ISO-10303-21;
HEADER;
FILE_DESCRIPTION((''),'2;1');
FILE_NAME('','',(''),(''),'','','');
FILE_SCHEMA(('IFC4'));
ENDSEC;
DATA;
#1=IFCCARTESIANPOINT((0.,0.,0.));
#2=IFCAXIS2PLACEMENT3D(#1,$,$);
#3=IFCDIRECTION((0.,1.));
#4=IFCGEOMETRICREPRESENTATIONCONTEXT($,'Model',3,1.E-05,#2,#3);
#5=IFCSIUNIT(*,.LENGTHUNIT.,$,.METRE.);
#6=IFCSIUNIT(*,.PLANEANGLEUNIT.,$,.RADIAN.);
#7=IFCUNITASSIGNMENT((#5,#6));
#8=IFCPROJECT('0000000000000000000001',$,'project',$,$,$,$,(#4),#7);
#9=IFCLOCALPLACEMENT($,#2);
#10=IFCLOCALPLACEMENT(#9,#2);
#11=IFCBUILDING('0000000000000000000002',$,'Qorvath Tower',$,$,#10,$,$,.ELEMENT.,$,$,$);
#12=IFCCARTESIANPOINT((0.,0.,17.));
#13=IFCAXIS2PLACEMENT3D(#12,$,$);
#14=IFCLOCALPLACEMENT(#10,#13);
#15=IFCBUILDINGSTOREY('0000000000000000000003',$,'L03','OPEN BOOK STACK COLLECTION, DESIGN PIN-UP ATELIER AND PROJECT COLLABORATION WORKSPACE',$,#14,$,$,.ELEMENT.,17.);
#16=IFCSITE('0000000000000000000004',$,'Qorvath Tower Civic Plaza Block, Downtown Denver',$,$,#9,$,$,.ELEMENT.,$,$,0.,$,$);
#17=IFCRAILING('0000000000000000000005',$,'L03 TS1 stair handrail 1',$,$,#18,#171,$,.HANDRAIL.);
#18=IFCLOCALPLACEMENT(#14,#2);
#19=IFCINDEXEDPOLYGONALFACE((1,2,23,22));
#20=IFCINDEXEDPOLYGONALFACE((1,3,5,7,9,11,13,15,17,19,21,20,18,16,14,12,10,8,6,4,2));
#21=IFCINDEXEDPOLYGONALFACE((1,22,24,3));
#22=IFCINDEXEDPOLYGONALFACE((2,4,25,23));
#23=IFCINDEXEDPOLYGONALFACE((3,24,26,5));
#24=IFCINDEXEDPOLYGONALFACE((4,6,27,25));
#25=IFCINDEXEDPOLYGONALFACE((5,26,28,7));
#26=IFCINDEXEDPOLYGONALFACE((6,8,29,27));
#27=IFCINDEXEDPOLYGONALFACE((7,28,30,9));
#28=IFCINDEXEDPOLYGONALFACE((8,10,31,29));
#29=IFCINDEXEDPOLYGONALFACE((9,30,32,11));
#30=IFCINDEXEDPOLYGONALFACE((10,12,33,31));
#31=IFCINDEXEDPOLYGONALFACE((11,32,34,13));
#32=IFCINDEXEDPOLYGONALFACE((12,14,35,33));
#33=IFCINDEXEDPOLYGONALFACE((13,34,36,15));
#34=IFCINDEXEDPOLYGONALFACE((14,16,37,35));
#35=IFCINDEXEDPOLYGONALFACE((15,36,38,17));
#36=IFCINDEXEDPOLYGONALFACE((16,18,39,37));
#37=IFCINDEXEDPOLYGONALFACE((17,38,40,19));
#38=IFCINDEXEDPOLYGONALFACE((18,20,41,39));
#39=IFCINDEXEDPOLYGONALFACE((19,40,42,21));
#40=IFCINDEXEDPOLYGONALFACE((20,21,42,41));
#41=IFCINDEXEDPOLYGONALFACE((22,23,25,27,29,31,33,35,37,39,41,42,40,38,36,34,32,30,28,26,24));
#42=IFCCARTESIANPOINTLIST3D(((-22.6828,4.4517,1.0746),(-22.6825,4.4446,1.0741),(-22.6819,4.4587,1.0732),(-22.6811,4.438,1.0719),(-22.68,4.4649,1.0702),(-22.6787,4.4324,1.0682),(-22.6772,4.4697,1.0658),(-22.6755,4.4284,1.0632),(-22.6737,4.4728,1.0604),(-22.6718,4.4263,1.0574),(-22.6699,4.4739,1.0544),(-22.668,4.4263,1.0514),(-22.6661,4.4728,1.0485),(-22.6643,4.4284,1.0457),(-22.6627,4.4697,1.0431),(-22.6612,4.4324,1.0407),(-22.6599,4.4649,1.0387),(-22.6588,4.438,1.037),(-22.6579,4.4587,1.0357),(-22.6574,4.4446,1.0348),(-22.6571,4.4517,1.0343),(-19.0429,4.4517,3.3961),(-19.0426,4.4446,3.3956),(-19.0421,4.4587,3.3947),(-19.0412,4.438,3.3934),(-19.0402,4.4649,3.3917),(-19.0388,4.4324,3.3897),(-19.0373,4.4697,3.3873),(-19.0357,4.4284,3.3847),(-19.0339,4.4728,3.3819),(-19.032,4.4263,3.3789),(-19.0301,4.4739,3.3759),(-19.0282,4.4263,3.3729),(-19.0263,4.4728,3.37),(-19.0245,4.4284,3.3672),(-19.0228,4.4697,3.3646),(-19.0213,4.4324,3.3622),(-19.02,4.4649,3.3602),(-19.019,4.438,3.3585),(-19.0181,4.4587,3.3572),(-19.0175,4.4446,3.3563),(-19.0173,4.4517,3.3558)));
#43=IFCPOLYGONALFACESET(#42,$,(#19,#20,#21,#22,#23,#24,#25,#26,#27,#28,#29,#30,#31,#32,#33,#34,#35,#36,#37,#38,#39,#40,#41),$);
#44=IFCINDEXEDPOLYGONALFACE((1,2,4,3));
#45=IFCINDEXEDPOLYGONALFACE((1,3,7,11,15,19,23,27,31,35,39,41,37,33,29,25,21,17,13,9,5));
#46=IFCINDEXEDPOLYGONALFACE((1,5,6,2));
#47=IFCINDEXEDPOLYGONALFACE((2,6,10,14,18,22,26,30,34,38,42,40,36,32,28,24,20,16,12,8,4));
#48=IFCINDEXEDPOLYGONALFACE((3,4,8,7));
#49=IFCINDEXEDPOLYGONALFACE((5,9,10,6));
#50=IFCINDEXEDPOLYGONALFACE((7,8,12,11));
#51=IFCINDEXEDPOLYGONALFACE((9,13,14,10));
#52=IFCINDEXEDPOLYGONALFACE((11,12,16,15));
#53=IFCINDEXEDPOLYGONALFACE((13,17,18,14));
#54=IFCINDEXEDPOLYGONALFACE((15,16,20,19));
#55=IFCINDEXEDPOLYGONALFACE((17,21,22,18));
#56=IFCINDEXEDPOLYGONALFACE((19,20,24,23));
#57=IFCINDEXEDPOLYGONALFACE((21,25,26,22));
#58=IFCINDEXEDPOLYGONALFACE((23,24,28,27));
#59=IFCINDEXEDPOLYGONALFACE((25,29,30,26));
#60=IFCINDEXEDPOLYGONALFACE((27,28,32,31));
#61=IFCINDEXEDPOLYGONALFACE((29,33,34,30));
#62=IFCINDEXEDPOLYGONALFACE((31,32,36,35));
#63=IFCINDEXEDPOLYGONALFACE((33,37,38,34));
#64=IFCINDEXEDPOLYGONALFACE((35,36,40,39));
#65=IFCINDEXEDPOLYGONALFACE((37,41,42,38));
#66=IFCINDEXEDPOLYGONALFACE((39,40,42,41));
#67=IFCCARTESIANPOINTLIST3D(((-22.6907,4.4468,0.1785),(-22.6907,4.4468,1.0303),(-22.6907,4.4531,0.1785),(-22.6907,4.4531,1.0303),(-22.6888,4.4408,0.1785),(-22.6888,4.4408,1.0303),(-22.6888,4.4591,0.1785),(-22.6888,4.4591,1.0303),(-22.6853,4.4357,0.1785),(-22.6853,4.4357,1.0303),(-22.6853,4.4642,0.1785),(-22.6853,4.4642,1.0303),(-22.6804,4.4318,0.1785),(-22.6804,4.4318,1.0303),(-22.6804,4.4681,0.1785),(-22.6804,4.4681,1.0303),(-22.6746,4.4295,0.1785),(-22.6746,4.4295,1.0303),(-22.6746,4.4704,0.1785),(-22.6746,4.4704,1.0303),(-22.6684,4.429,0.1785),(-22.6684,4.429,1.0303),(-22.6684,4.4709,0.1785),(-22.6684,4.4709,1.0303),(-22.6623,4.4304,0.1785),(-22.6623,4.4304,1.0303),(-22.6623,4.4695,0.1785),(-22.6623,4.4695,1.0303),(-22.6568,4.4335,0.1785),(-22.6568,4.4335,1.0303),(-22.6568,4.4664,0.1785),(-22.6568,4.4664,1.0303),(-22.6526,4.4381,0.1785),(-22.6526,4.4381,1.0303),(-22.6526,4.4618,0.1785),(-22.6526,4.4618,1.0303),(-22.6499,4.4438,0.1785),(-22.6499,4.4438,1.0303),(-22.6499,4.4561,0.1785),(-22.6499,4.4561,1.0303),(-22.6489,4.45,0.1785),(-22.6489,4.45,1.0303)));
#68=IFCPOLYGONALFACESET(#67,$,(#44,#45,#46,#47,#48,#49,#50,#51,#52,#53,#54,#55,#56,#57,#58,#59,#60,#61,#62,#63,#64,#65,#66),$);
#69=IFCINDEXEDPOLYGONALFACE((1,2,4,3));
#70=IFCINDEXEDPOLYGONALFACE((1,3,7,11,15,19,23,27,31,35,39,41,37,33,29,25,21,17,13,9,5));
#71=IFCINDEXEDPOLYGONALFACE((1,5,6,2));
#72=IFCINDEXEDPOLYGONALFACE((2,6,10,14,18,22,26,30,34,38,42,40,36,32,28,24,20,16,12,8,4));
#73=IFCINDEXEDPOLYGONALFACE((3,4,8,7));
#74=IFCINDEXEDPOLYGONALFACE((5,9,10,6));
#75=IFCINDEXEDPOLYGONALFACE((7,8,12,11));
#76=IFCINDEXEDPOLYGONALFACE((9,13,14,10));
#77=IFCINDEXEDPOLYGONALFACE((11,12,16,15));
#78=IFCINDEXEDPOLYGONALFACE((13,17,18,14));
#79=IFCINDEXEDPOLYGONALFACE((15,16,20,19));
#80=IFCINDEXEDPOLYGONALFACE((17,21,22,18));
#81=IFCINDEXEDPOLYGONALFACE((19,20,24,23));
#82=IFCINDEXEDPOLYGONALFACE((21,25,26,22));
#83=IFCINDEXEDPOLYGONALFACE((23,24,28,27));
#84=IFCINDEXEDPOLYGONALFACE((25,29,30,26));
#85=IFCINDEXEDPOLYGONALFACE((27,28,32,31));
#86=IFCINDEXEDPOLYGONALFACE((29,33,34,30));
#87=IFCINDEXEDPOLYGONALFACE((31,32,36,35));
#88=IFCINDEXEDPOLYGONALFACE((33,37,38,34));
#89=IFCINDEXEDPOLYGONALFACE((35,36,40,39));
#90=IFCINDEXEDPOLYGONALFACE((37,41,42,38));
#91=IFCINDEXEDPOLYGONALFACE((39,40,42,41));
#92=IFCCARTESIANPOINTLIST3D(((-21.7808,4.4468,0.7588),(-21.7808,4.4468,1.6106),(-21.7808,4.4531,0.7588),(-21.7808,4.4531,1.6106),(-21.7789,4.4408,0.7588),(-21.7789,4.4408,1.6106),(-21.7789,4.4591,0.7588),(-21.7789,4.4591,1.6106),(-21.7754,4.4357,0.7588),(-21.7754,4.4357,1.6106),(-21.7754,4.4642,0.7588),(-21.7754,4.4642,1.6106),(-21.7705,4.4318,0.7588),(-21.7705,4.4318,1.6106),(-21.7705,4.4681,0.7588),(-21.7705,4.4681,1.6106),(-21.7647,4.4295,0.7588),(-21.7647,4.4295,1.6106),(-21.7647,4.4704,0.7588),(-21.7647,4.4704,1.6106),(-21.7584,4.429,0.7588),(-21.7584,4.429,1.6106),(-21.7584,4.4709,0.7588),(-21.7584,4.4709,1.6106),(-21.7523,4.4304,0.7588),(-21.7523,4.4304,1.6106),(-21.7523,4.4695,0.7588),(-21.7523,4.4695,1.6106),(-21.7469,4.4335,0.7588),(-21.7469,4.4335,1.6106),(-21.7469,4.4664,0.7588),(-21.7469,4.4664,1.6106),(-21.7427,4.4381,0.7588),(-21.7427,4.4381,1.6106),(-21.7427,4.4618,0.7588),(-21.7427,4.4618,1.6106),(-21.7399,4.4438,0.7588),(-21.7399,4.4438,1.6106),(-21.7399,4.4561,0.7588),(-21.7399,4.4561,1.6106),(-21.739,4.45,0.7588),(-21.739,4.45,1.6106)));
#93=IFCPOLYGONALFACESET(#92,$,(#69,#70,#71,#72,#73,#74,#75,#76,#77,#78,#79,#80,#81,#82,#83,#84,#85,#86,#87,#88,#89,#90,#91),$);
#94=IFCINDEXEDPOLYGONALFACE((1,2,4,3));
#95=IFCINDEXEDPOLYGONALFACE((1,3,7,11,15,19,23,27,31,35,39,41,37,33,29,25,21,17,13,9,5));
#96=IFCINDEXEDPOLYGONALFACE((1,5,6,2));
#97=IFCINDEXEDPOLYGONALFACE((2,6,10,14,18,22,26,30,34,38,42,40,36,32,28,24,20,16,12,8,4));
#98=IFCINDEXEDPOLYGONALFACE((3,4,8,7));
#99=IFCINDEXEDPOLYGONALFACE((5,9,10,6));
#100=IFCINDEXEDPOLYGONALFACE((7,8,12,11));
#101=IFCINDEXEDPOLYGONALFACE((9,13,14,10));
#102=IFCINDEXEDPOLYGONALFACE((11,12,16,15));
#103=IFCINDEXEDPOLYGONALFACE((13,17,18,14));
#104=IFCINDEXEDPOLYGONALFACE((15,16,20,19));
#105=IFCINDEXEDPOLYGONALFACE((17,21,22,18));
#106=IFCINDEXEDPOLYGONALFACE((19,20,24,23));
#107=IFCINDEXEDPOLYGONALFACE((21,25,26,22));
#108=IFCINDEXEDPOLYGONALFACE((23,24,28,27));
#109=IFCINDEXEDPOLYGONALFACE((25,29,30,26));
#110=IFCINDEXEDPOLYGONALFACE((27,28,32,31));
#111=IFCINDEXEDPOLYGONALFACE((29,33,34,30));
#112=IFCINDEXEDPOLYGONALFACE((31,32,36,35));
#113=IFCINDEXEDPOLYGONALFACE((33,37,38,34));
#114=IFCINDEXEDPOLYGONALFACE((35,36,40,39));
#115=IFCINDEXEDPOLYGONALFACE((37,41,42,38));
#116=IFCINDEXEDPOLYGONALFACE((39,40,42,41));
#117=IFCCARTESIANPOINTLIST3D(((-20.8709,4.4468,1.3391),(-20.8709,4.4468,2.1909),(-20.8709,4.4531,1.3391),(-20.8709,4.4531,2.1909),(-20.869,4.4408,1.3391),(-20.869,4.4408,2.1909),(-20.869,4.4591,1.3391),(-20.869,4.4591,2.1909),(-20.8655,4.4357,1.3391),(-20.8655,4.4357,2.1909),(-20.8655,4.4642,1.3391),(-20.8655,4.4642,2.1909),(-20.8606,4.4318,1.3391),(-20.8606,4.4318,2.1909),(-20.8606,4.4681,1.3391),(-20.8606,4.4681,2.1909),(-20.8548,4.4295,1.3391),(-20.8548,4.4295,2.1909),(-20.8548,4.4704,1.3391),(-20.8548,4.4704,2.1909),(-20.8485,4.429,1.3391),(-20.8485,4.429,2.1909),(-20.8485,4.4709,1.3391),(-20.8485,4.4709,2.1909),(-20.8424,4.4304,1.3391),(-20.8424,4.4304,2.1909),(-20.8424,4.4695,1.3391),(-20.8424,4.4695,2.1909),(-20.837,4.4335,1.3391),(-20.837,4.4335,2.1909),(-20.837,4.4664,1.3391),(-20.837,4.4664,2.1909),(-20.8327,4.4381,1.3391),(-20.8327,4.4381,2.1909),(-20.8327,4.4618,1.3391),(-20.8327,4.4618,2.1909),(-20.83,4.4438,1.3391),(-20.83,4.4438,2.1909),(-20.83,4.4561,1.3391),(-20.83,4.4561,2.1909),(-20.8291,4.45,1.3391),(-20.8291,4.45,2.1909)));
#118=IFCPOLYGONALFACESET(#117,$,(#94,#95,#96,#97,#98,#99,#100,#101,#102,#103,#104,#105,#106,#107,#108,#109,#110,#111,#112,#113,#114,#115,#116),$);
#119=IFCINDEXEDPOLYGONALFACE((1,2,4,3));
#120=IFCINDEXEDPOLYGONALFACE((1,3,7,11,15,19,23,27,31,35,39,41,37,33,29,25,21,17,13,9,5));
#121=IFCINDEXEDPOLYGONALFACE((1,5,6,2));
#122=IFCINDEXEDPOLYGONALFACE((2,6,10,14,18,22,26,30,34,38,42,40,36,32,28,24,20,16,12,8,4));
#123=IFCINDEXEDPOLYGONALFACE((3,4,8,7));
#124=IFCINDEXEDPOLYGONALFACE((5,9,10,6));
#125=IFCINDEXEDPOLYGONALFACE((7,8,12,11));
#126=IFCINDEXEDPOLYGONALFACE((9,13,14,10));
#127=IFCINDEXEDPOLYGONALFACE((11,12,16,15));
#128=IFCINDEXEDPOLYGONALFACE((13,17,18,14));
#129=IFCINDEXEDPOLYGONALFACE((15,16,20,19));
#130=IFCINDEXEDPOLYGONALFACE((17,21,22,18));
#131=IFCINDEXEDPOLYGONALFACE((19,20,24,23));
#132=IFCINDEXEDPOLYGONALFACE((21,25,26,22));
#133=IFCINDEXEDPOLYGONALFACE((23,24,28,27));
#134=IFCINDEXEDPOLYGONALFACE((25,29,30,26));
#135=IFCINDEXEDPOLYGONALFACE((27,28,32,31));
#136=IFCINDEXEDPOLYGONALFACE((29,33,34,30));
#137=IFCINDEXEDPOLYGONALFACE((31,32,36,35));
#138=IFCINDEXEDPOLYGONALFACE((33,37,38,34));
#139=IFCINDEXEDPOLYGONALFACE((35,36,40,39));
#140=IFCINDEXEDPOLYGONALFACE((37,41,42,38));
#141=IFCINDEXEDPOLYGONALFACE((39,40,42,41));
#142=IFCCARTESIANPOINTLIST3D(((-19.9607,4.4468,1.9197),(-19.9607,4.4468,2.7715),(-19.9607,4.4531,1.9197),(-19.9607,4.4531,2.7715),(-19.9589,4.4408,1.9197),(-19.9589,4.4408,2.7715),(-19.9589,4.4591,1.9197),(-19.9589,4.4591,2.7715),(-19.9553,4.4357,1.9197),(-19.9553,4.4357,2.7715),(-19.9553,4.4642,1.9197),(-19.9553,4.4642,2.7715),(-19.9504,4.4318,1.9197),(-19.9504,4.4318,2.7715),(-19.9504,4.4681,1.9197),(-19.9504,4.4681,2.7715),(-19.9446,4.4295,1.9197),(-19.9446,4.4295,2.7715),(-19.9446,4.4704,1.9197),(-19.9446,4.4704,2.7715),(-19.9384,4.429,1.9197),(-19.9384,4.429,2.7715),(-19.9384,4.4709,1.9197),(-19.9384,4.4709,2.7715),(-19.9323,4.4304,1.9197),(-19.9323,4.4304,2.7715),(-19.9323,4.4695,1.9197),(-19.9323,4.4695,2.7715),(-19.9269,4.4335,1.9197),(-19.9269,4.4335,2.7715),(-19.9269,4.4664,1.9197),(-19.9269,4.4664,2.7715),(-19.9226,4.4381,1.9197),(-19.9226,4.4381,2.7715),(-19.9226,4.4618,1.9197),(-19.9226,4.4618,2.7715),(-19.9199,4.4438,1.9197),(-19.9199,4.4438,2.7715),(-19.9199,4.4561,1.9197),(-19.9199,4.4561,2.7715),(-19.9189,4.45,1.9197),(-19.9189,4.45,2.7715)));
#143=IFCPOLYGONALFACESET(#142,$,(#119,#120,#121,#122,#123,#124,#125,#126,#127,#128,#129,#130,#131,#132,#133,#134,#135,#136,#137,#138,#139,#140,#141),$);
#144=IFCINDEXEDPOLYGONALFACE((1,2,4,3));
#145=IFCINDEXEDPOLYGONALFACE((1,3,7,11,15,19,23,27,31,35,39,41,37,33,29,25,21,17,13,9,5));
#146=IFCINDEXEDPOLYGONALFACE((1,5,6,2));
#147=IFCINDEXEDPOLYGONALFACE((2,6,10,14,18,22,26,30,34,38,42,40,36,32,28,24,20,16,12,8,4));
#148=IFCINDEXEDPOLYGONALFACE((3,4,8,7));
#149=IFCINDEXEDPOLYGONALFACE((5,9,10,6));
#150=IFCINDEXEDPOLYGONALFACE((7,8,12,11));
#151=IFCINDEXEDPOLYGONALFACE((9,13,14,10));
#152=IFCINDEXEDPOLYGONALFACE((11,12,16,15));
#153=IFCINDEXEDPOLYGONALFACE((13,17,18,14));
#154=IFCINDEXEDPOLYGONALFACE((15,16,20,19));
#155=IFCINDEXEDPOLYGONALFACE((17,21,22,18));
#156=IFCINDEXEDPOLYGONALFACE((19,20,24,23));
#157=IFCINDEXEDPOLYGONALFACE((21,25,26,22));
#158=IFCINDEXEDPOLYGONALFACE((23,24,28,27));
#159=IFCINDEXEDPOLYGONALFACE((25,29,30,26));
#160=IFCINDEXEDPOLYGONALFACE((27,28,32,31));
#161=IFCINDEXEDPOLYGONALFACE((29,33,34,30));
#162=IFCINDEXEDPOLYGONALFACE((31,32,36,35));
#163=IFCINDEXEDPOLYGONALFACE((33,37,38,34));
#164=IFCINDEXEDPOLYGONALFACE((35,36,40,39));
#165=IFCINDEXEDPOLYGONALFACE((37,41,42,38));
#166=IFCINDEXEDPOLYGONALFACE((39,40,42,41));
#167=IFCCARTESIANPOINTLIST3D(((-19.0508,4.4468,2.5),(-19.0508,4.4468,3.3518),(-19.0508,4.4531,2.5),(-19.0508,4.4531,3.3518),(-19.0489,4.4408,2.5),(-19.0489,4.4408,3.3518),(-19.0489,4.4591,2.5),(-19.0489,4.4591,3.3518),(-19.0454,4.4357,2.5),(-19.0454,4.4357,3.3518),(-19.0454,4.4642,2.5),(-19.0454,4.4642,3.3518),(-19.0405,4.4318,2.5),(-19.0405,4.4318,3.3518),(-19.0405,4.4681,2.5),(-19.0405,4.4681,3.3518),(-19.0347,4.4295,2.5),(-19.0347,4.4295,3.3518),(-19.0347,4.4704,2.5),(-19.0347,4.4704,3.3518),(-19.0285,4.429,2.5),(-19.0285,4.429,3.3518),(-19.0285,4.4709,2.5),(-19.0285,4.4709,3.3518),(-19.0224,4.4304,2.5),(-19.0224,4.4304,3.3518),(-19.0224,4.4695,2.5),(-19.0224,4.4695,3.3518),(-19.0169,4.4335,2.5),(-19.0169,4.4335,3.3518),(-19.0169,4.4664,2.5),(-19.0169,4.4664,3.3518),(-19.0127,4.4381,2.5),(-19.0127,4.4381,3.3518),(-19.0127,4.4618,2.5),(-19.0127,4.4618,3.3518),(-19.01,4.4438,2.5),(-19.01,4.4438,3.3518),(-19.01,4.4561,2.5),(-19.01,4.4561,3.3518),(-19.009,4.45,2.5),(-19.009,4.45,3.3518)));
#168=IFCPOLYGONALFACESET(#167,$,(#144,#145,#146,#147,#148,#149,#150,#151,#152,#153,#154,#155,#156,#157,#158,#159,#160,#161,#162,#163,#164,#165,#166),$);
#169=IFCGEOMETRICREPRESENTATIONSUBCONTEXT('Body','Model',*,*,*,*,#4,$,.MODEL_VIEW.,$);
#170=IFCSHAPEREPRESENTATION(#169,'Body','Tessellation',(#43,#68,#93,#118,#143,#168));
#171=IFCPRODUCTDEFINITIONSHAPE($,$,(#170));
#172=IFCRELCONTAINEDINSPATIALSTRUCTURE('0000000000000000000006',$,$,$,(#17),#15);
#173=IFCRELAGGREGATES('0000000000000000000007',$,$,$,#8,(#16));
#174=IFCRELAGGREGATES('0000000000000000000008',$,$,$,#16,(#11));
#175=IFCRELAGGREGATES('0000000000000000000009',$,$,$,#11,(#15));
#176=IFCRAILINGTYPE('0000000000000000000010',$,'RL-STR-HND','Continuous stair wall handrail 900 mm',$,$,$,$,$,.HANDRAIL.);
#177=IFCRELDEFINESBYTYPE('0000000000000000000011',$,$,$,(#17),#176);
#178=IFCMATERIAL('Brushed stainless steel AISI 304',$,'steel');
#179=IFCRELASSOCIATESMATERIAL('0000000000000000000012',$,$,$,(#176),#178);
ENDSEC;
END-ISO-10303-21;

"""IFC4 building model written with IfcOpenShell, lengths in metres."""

from ifc_helpers import new_model, si_unit, direction, frame, origin, origin_2d, place, context, subcontext, project, spatial, circle, extrude, material, type_object, element, save


model = new_model("IFC4")

# Units and contexts
model_context = context("Model", 3, precision=1e-05, world=origin(), true_north=direction((0.0, 1.0)))
body_context = subcontext(model_context, "Body", "Model", "MODEL_VIEW")
ifc_project = project(units=[si_unit("LENGTHUNIT", "METRE"), si_unit("PLANEANGLEUNIT", "RADIAN")], contexts=[model_context])

# Site, building, storey
site_placement = place(None, origin())
site = spatial("IfcSite", under=ifc_project, at=site_placement, Name="Qorvath Tower Civic Plaza Block, Downtown Denver", CompositionType="ELEMENT", RefElevation=0.0)
building_placement = place(site_placement, origin())
building = spatial("IfcBuilding", under=site, at=building_placement, Name="Qorvath Tower", CompositionType="ELEMENT")
storey_placement = place(building_placement, frame((0.0, 0.0, 17.0)))
storey = spatial("IfcBuildingStorey", under=building, at=storey_placement, Name="L03", Description="OPEN BOOK STACK COLLECTION, DESIGN PIN-UP ATELIER AND PROJECT COLLABORATION WORKSPACE", CompositionType="ELEMENT", Elevation=17.0)

# Railing
ifc_material_1 = material(Name="Brushed stainless steel AISI 304", Category="steel")
railing_type_1 = type_object("IfcRailingType", Name="RL-STR-HND", Description="Continuous stair wall handrail 900 mm", PredefinedType="HANDRAIL", material=ifc_material_1)
railing_1_placement = place(storey_placement, frame((-22.6699, 4.45, 0.1785)))
element("IfcRailing", 1, at=railing_1_placement, inside=storey, type_object=railing_type_1, Name="L03 TS1 stair handrail 1", PredefinedType="HANDRAIL", context=body_context, shape_type="SweptSolid", body=[
    extrude(circle(Radius=0.0239, at=origin_2d()), frame((0.0, 0.0, 0.876), z_axis=(0.843112, 0.0, 0.537739), x_axis=(0.0, 1.0, 0.0)), (0.0, 0.0, 1.0), 4.3171),
    extrude(circle(Radius=0.021, at=origin_2d()), origin(), (0.0, 0.0, 1.0), 0.8518),
    extrude(circle(Radius=0.021, at=origin_2d()), frame((0.9099, 0.0, 0.5803)), (0.0, 0.0, 1.0), 0.8518),
    extrude(circle(Radius=0.021, at=origin_2d()), frame((1.8198, 0.0, 1.1606)), (0.0, 0.0, 1.0), 0.8518),
    extrude(circle(Radius=0.021, at=origin_2d()), frame((2.73, 0.0, 1.7412)), (0.0, 0.0, 1.0), 0.8518),
    extrude(circle(Radius=0.021, at=origin_2d()), frame((3.6399, 0.0, 2.3215)), (0.0, 0.0, 1.0), 0.8518),
])

save(model, "model.ifc")
